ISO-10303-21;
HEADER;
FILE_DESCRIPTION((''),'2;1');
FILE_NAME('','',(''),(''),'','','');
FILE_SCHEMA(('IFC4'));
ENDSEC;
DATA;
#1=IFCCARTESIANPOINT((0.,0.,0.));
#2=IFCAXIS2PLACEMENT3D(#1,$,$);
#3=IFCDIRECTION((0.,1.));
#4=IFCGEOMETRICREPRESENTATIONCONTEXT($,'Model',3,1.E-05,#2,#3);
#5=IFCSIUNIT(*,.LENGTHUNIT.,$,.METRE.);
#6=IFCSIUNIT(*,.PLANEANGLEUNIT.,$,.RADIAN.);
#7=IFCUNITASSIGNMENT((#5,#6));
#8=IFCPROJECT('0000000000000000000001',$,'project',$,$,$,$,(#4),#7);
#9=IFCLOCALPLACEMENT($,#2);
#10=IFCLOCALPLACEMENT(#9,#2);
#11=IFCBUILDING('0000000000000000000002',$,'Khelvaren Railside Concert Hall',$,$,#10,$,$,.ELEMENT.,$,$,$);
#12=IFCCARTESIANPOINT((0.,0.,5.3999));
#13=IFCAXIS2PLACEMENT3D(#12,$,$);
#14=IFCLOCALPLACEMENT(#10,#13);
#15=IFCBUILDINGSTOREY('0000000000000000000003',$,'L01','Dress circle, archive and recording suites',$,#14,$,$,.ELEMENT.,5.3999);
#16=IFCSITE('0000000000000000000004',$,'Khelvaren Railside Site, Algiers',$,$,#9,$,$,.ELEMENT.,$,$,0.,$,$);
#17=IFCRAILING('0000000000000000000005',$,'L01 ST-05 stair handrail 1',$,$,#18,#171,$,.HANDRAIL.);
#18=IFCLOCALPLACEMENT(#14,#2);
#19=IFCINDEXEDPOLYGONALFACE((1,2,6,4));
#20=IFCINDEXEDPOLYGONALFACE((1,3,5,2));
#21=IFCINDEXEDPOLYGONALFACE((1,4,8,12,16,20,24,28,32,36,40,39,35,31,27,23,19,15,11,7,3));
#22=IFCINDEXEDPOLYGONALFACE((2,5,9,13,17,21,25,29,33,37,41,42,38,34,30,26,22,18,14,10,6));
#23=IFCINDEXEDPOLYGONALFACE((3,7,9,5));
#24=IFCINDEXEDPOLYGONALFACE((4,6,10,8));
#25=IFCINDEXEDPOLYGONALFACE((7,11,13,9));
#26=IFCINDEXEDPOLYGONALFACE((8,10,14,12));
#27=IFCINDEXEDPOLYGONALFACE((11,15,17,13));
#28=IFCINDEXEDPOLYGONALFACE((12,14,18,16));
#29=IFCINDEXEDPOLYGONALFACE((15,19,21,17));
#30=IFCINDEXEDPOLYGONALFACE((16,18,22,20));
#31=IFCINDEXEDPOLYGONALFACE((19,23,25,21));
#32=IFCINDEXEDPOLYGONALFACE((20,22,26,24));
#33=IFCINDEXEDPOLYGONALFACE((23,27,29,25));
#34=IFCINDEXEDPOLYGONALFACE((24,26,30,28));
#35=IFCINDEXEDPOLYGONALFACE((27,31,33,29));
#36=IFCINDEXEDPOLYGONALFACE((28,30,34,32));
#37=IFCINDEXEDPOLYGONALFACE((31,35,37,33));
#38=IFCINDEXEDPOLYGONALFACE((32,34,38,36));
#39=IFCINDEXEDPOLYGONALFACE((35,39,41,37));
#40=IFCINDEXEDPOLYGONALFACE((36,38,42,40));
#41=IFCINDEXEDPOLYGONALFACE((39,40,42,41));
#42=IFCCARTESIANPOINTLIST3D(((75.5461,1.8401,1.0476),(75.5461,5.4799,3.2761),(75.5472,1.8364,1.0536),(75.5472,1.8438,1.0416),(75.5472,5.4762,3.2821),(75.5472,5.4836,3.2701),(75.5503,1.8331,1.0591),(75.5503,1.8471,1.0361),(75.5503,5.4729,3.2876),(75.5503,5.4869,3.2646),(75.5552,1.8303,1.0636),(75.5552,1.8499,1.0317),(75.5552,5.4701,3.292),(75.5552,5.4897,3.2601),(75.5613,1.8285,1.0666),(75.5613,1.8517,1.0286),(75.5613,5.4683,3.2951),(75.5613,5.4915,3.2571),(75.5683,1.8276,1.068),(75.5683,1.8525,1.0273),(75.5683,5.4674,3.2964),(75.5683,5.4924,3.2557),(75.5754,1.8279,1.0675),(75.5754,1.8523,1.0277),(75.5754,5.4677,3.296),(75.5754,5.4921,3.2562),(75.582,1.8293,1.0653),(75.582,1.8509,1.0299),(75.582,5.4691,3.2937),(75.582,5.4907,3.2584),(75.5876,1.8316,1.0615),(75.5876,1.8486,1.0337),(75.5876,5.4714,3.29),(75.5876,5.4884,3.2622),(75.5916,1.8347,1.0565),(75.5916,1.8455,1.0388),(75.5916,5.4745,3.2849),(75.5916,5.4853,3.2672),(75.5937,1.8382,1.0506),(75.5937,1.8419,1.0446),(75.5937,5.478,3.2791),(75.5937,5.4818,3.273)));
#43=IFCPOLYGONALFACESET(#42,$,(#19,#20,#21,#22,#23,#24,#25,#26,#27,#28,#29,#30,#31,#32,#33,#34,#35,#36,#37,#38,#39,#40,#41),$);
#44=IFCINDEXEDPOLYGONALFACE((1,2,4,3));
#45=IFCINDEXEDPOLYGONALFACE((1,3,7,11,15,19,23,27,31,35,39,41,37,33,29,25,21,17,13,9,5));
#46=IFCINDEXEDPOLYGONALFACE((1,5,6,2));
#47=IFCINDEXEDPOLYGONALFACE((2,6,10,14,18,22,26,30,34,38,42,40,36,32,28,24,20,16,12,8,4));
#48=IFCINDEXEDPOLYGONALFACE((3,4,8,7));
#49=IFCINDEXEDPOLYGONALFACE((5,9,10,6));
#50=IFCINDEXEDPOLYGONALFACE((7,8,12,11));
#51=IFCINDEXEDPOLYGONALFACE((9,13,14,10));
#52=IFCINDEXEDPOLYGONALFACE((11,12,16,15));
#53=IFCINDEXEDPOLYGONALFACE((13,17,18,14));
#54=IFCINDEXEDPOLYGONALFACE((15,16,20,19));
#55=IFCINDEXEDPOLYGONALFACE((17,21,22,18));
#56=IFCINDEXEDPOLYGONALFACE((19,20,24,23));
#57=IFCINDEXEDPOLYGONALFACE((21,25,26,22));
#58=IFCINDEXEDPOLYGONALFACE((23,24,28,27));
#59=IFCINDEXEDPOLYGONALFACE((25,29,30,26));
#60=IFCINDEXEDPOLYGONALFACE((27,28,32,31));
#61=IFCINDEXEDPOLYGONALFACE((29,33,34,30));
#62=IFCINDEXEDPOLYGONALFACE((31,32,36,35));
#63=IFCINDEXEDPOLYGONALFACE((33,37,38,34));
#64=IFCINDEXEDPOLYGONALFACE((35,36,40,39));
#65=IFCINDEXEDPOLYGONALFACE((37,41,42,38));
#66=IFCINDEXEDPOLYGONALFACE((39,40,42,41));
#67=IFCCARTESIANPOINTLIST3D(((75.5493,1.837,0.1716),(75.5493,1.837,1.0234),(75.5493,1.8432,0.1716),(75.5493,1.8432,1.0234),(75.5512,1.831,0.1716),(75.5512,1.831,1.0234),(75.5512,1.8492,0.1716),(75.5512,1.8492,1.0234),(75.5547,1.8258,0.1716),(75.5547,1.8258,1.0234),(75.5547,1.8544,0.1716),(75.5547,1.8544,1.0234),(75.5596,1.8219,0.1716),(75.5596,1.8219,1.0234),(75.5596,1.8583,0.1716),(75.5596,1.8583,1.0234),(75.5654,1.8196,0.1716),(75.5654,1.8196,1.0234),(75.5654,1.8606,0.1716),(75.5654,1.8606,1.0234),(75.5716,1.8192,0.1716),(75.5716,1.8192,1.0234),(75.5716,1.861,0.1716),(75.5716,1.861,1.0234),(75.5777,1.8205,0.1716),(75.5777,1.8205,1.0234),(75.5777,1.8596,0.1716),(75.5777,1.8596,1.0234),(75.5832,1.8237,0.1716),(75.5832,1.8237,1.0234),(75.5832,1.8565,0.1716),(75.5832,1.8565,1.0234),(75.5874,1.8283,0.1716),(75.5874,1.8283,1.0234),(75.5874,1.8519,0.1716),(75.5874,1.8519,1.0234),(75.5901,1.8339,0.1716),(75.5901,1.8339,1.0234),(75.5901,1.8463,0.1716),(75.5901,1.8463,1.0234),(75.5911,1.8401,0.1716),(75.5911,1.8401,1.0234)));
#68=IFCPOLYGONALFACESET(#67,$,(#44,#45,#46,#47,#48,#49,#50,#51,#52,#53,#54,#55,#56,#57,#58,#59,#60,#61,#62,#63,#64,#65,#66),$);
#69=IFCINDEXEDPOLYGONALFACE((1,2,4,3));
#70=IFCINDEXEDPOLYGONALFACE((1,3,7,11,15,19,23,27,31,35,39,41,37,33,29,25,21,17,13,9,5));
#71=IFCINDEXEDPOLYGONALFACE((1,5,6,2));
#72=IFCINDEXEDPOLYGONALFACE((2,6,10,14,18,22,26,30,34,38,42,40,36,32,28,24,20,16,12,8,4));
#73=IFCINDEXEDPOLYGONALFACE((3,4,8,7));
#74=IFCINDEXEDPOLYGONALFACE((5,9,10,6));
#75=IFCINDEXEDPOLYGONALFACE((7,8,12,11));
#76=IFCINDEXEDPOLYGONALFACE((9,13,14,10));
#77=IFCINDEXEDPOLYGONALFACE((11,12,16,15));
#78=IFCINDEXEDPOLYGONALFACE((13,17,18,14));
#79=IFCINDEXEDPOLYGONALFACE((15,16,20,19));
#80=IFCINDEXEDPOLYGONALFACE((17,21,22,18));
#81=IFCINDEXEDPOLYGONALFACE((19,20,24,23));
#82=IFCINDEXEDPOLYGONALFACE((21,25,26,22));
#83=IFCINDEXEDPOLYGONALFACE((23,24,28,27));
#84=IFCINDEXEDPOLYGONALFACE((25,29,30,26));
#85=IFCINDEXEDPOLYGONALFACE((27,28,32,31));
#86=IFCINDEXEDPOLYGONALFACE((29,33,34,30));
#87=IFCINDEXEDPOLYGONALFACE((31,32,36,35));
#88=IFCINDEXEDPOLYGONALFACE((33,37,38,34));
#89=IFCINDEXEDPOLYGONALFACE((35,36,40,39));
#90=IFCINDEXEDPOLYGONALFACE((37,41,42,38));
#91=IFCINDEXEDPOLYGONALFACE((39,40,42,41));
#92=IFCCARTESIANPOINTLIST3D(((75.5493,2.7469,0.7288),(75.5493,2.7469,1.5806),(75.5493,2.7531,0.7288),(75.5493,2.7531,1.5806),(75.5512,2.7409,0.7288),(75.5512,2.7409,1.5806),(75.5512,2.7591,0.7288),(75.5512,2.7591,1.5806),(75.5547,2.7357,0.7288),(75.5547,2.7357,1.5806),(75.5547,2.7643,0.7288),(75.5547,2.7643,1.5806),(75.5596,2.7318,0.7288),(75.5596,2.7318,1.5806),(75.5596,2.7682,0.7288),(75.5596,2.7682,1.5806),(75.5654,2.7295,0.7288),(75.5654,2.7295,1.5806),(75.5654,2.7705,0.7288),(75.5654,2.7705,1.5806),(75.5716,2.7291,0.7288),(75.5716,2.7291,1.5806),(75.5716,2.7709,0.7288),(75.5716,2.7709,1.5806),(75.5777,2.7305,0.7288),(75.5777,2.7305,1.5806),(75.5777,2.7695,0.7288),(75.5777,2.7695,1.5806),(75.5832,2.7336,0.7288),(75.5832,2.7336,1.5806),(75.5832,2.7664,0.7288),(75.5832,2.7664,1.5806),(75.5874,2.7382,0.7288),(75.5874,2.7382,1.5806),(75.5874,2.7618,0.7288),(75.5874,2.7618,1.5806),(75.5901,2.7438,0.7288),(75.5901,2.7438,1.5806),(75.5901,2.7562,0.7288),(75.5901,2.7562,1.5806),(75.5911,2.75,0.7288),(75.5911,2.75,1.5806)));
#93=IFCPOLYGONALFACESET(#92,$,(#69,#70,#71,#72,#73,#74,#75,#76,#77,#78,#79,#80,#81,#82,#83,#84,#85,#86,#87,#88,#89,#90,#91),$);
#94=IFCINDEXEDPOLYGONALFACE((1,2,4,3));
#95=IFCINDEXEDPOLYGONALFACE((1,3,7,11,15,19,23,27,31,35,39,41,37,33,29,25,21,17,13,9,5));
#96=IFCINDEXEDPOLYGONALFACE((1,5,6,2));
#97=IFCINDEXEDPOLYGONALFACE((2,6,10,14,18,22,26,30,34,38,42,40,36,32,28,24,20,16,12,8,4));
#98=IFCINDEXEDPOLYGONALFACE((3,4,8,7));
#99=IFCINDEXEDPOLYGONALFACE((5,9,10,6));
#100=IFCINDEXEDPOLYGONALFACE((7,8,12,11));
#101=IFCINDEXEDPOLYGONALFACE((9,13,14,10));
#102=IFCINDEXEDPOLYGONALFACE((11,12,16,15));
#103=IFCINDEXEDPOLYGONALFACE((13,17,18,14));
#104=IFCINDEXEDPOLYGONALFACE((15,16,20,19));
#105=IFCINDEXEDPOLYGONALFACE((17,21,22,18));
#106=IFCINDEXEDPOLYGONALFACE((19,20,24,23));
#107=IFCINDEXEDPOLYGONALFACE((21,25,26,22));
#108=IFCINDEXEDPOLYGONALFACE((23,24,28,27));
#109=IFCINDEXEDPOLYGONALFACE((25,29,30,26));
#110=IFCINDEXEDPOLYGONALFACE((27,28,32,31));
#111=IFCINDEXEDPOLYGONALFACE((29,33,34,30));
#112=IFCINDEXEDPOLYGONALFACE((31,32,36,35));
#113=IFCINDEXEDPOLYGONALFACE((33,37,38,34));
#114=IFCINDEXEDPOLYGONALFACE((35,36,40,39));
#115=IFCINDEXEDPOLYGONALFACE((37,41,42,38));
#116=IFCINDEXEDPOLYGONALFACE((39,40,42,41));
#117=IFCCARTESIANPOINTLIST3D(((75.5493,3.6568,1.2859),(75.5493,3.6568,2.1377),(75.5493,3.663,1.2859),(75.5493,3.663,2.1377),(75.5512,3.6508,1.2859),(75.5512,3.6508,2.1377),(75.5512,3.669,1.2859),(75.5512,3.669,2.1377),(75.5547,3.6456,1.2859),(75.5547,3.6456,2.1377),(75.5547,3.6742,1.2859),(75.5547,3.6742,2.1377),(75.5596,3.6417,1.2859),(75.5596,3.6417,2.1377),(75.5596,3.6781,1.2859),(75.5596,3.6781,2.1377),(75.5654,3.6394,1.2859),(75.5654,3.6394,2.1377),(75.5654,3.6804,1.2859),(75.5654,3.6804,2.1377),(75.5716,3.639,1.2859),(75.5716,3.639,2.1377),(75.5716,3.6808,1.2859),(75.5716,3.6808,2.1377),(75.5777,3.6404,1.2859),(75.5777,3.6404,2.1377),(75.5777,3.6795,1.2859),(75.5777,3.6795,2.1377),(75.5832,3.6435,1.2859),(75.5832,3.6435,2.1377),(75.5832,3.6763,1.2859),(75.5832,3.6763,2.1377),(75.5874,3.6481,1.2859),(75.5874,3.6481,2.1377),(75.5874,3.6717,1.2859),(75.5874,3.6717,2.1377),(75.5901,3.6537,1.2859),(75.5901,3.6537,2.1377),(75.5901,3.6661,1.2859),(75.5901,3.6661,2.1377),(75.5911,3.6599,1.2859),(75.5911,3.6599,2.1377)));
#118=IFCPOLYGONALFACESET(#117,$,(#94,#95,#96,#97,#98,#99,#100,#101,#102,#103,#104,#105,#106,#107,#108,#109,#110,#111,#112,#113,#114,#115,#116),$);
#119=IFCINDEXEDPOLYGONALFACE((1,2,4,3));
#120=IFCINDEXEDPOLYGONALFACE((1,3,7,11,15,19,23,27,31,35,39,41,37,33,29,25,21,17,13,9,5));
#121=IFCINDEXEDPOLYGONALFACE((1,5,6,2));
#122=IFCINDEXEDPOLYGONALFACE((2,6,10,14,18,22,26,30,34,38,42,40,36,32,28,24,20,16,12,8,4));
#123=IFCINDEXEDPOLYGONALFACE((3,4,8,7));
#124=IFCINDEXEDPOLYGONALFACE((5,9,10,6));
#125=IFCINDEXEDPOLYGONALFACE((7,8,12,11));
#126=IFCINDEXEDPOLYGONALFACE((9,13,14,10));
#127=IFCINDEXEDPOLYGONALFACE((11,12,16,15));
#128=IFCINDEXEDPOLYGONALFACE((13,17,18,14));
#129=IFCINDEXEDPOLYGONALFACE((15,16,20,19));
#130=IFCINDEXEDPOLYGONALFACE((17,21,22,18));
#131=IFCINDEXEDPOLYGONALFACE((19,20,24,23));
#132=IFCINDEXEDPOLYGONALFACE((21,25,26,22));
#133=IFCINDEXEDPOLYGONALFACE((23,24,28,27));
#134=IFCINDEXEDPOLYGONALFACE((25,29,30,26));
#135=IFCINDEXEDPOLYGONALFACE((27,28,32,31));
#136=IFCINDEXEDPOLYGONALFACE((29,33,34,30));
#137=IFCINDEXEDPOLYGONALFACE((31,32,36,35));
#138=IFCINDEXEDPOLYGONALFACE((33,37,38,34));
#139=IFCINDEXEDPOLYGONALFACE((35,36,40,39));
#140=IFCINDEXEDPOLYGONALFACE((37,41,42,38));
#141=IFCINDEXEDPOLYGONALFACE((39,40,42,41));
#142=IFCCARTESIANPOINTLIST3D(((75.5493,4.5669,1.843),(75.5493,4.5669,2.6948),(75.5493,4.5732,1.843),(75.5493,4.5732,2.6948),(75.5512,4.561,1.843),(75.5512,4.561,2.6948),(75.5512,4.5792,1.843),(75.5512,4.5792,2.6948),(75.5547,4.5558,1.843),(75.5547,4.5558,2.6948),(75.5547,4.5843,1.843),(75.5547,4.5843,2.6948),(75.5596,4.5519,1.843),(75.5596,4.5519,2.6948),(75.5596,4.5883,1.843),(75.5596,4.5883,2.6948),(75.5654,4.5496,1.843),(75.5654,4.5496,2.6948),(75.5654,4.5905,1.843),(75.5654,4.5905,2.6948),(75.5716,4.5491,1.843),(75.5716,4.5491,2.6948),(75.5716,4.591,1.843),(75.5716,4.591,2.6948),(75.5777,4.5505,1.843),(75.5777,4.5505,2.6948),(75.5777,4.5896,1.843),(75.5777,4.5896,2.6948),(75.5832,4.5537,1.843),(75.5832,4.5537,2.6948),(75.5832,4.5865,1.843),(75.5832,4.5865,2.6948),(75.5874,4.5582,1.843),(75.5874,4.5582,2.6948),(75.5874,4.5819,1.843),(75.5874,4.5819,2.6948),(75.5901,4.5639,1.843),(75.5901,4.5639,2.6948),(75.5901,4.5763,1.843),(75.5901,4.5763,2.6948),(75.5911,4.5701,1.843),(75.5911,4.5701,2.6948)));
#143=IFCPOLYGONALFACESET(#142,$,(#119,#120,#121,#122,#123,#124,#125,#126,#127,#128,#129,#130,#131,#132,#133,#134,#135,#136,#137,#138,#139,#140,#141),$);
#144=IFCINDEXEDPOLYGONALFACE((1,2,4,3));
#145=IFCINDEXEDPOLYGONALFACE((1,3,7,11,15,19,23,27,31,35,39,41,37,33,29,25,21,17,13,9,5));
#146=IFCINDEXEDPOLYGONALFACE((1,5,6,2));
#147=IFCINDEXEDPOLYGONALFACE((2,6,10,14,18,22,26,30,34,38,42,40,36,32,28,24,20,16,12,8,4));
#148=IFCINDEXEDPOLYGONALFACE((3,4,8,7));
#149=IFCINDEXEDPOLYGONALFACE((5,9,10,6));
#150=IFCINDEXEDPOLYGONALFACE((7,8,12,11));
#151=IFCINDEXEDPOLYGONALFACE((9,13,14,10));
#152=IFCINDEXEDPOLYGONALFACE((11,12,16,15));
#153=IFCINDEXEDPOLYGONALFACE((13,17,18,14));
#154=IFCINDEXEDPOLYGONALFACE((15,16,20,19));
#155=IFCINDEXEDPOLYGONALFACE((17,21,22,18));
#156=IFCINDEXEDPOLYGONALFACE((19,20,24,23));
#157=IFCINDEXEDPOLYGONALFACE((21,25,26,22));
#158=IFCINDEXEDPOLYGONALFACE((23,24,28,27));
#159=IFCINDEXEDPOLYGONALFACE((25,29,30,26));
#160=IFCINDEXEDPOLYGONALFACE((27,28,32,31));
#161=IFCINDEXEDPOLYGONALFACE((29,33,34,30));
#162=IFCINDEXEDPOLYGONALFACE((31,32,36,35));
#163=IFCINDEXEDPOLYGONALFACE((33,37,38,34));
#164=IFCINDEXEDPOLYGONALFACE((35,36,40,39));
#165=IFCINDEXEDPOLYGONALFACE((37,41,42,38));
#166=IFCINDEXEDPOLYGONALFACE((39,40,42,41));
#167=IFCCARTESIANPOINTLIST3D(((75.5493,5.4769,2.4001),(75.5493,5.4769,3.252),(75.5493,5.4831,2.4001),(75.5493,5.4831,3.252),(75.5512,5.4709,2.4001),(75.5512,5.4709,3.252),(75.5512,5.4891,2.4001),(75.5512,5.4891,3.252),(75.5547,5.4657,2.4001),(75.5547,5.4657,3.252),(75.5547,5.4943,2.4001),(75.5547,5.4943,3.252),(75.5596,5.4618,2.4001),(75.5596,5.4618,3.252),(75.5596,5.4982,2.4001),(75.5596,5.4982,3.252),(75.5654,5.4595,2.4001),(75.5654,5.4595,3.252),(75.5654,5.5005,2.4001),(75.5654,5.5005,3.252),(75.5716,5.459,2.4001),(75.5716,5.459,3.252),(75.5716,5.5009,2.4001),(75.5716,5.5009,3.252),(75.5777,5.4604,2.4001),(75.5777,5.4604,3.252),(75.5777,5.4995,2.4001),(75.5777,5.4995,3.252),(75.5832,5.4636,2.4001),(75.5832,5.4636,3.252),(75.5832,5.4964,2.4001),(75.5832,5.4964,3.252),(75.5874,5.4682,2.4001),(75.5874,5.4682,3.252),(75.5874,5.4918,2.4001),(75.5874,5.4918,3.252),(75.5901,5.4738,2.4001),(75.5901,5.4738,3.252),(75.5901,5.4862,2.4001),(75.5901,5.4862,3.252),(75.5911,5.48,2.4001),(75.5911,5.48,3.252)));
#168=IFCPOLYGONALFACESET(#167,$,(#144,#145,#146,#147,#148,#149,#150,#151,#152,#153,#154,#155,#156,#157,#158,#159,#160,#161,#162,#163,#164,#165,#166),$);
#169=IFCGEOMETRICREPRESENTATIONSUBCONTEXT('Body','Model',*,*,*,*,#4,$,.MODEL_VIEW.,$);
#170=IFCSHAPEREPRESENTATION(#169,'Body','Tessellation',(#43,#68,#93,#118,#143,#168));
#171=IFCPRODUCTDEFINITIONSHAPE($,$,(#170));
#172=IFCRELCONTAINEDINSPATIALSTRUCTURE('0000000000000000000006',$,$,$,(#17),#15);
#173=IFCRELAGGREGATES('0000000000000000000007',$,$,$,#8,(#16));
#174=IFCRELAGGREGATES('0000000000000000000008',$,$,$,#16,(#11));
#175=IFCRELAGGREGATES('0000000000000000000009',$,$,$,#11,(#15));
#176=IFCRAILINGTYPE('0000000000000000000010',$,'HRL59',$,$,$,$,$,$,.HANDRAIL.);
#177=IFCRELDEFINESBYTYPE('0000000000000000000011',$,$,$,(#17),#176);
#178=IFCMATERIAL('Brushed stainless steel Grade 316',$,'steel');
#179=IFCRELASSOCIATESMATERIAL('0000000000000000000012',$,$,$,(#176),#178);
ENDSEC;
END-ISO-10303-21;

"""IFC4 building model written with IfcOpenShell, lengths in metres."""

from ifc_helpers import new_model, si_unit, direction, frame, origin, origin_2d, place, context, subcontext, project, spatial, circle, extrude, material, type_object, element, save


model = new_model("IFC4")

# Units and contexts
model_context = context("Model", 3, precision=1e-05, world=origin(), true_north=direction((0.0, 1.0)))
body_context = subcontext(model_context, "Body", "Model", "MODEL_VIEW")
ifc_project = project(units=[si_unit("LENGTHUNIT", "METRE"), si_unit("PLANEANGLEUNIT", "RADIAN")], contexts=[model_context])

# Site, building, storey
site_placement = place(None, origin())
site = spatial("IfcSite", under=ifc_project, at=site_placement, Name="Khelvaren Railside Site, Algiers", CompositionType="ELEMENT", RefElevation=0.0)
building_placement = place(site_placement, origin())
building = spatial("IfcBuilding", under=site, at=building_placement, Name="Khelvaren Railside Concert Hall", CompositionType="ELEMENT")
storey_placement = place(building_placement, frame((0.0, 0.0, 5.3999)))
storey = spatial("IfcBuildingStorey", under=building, at=storey_placement, Name="L01", Description="Dress circle, archive and recording suites", CompositionType="ELEMENT", Elevation=5.3999)

# Railing
ifc_material_1 = material(Name="Brushed stainless steel Grade 316", Category="steel")
railing_type_1 = type_object("IfcRailingType", Name="HRL59", PredefinedType="HANDRAIL", material=ifc_material_1)
railing_1_placement = place(storey_placement, frame((75.5701, 1.8401, 0.1716)))
element("IfcRailing", 1, at=railing_1_placement, inside=storey, type_object=railing_type_1, Name="L01 ST-05 stair handrail 1", PredefinedType="HANDRAIL", context=body_context, shape_type="SweptSolid", body=[
    extrude(circle(Radius=0.0239, at=origin_2d()), frame((0.0, 0.0, 0.876), z_axis=(0.0, 0.85285, 0.522156), x_axis=(-1.0, 0.0, 0.0)), (0.0, 0.0, 1.0), 4.2678),
    extrude(circle(Radius=0.021, at=origin_2d()), origin(), (0.0, 0.0, 1.0), 0.8518),
    extrude(circle(Radius=0.021, at=origin_2d()), frame((0.0, 0.9099, 0.5571)), (0.0, 0.0, 1.0), 0.8518),
    extrude(circle(Radius=0.021, at=origin_2d()), frame((0.0, 1.8198, 1.1143)), (0.0, 0.0, 1.0), 0.8518),
    extrude(circle(Radius=0.021, at=origin_2d()), frame((0.0, 2.73, 1.6714)), (0.0, 0.0, 1.0), 0.8518),
    extrude(circle(Radius=0.021, at=origin_2d()), frame((0.0, 3.6399, 2.2285)), (0.0, 0.0, 1.0), 0.8518),
])

save(model, "model.ifc")
